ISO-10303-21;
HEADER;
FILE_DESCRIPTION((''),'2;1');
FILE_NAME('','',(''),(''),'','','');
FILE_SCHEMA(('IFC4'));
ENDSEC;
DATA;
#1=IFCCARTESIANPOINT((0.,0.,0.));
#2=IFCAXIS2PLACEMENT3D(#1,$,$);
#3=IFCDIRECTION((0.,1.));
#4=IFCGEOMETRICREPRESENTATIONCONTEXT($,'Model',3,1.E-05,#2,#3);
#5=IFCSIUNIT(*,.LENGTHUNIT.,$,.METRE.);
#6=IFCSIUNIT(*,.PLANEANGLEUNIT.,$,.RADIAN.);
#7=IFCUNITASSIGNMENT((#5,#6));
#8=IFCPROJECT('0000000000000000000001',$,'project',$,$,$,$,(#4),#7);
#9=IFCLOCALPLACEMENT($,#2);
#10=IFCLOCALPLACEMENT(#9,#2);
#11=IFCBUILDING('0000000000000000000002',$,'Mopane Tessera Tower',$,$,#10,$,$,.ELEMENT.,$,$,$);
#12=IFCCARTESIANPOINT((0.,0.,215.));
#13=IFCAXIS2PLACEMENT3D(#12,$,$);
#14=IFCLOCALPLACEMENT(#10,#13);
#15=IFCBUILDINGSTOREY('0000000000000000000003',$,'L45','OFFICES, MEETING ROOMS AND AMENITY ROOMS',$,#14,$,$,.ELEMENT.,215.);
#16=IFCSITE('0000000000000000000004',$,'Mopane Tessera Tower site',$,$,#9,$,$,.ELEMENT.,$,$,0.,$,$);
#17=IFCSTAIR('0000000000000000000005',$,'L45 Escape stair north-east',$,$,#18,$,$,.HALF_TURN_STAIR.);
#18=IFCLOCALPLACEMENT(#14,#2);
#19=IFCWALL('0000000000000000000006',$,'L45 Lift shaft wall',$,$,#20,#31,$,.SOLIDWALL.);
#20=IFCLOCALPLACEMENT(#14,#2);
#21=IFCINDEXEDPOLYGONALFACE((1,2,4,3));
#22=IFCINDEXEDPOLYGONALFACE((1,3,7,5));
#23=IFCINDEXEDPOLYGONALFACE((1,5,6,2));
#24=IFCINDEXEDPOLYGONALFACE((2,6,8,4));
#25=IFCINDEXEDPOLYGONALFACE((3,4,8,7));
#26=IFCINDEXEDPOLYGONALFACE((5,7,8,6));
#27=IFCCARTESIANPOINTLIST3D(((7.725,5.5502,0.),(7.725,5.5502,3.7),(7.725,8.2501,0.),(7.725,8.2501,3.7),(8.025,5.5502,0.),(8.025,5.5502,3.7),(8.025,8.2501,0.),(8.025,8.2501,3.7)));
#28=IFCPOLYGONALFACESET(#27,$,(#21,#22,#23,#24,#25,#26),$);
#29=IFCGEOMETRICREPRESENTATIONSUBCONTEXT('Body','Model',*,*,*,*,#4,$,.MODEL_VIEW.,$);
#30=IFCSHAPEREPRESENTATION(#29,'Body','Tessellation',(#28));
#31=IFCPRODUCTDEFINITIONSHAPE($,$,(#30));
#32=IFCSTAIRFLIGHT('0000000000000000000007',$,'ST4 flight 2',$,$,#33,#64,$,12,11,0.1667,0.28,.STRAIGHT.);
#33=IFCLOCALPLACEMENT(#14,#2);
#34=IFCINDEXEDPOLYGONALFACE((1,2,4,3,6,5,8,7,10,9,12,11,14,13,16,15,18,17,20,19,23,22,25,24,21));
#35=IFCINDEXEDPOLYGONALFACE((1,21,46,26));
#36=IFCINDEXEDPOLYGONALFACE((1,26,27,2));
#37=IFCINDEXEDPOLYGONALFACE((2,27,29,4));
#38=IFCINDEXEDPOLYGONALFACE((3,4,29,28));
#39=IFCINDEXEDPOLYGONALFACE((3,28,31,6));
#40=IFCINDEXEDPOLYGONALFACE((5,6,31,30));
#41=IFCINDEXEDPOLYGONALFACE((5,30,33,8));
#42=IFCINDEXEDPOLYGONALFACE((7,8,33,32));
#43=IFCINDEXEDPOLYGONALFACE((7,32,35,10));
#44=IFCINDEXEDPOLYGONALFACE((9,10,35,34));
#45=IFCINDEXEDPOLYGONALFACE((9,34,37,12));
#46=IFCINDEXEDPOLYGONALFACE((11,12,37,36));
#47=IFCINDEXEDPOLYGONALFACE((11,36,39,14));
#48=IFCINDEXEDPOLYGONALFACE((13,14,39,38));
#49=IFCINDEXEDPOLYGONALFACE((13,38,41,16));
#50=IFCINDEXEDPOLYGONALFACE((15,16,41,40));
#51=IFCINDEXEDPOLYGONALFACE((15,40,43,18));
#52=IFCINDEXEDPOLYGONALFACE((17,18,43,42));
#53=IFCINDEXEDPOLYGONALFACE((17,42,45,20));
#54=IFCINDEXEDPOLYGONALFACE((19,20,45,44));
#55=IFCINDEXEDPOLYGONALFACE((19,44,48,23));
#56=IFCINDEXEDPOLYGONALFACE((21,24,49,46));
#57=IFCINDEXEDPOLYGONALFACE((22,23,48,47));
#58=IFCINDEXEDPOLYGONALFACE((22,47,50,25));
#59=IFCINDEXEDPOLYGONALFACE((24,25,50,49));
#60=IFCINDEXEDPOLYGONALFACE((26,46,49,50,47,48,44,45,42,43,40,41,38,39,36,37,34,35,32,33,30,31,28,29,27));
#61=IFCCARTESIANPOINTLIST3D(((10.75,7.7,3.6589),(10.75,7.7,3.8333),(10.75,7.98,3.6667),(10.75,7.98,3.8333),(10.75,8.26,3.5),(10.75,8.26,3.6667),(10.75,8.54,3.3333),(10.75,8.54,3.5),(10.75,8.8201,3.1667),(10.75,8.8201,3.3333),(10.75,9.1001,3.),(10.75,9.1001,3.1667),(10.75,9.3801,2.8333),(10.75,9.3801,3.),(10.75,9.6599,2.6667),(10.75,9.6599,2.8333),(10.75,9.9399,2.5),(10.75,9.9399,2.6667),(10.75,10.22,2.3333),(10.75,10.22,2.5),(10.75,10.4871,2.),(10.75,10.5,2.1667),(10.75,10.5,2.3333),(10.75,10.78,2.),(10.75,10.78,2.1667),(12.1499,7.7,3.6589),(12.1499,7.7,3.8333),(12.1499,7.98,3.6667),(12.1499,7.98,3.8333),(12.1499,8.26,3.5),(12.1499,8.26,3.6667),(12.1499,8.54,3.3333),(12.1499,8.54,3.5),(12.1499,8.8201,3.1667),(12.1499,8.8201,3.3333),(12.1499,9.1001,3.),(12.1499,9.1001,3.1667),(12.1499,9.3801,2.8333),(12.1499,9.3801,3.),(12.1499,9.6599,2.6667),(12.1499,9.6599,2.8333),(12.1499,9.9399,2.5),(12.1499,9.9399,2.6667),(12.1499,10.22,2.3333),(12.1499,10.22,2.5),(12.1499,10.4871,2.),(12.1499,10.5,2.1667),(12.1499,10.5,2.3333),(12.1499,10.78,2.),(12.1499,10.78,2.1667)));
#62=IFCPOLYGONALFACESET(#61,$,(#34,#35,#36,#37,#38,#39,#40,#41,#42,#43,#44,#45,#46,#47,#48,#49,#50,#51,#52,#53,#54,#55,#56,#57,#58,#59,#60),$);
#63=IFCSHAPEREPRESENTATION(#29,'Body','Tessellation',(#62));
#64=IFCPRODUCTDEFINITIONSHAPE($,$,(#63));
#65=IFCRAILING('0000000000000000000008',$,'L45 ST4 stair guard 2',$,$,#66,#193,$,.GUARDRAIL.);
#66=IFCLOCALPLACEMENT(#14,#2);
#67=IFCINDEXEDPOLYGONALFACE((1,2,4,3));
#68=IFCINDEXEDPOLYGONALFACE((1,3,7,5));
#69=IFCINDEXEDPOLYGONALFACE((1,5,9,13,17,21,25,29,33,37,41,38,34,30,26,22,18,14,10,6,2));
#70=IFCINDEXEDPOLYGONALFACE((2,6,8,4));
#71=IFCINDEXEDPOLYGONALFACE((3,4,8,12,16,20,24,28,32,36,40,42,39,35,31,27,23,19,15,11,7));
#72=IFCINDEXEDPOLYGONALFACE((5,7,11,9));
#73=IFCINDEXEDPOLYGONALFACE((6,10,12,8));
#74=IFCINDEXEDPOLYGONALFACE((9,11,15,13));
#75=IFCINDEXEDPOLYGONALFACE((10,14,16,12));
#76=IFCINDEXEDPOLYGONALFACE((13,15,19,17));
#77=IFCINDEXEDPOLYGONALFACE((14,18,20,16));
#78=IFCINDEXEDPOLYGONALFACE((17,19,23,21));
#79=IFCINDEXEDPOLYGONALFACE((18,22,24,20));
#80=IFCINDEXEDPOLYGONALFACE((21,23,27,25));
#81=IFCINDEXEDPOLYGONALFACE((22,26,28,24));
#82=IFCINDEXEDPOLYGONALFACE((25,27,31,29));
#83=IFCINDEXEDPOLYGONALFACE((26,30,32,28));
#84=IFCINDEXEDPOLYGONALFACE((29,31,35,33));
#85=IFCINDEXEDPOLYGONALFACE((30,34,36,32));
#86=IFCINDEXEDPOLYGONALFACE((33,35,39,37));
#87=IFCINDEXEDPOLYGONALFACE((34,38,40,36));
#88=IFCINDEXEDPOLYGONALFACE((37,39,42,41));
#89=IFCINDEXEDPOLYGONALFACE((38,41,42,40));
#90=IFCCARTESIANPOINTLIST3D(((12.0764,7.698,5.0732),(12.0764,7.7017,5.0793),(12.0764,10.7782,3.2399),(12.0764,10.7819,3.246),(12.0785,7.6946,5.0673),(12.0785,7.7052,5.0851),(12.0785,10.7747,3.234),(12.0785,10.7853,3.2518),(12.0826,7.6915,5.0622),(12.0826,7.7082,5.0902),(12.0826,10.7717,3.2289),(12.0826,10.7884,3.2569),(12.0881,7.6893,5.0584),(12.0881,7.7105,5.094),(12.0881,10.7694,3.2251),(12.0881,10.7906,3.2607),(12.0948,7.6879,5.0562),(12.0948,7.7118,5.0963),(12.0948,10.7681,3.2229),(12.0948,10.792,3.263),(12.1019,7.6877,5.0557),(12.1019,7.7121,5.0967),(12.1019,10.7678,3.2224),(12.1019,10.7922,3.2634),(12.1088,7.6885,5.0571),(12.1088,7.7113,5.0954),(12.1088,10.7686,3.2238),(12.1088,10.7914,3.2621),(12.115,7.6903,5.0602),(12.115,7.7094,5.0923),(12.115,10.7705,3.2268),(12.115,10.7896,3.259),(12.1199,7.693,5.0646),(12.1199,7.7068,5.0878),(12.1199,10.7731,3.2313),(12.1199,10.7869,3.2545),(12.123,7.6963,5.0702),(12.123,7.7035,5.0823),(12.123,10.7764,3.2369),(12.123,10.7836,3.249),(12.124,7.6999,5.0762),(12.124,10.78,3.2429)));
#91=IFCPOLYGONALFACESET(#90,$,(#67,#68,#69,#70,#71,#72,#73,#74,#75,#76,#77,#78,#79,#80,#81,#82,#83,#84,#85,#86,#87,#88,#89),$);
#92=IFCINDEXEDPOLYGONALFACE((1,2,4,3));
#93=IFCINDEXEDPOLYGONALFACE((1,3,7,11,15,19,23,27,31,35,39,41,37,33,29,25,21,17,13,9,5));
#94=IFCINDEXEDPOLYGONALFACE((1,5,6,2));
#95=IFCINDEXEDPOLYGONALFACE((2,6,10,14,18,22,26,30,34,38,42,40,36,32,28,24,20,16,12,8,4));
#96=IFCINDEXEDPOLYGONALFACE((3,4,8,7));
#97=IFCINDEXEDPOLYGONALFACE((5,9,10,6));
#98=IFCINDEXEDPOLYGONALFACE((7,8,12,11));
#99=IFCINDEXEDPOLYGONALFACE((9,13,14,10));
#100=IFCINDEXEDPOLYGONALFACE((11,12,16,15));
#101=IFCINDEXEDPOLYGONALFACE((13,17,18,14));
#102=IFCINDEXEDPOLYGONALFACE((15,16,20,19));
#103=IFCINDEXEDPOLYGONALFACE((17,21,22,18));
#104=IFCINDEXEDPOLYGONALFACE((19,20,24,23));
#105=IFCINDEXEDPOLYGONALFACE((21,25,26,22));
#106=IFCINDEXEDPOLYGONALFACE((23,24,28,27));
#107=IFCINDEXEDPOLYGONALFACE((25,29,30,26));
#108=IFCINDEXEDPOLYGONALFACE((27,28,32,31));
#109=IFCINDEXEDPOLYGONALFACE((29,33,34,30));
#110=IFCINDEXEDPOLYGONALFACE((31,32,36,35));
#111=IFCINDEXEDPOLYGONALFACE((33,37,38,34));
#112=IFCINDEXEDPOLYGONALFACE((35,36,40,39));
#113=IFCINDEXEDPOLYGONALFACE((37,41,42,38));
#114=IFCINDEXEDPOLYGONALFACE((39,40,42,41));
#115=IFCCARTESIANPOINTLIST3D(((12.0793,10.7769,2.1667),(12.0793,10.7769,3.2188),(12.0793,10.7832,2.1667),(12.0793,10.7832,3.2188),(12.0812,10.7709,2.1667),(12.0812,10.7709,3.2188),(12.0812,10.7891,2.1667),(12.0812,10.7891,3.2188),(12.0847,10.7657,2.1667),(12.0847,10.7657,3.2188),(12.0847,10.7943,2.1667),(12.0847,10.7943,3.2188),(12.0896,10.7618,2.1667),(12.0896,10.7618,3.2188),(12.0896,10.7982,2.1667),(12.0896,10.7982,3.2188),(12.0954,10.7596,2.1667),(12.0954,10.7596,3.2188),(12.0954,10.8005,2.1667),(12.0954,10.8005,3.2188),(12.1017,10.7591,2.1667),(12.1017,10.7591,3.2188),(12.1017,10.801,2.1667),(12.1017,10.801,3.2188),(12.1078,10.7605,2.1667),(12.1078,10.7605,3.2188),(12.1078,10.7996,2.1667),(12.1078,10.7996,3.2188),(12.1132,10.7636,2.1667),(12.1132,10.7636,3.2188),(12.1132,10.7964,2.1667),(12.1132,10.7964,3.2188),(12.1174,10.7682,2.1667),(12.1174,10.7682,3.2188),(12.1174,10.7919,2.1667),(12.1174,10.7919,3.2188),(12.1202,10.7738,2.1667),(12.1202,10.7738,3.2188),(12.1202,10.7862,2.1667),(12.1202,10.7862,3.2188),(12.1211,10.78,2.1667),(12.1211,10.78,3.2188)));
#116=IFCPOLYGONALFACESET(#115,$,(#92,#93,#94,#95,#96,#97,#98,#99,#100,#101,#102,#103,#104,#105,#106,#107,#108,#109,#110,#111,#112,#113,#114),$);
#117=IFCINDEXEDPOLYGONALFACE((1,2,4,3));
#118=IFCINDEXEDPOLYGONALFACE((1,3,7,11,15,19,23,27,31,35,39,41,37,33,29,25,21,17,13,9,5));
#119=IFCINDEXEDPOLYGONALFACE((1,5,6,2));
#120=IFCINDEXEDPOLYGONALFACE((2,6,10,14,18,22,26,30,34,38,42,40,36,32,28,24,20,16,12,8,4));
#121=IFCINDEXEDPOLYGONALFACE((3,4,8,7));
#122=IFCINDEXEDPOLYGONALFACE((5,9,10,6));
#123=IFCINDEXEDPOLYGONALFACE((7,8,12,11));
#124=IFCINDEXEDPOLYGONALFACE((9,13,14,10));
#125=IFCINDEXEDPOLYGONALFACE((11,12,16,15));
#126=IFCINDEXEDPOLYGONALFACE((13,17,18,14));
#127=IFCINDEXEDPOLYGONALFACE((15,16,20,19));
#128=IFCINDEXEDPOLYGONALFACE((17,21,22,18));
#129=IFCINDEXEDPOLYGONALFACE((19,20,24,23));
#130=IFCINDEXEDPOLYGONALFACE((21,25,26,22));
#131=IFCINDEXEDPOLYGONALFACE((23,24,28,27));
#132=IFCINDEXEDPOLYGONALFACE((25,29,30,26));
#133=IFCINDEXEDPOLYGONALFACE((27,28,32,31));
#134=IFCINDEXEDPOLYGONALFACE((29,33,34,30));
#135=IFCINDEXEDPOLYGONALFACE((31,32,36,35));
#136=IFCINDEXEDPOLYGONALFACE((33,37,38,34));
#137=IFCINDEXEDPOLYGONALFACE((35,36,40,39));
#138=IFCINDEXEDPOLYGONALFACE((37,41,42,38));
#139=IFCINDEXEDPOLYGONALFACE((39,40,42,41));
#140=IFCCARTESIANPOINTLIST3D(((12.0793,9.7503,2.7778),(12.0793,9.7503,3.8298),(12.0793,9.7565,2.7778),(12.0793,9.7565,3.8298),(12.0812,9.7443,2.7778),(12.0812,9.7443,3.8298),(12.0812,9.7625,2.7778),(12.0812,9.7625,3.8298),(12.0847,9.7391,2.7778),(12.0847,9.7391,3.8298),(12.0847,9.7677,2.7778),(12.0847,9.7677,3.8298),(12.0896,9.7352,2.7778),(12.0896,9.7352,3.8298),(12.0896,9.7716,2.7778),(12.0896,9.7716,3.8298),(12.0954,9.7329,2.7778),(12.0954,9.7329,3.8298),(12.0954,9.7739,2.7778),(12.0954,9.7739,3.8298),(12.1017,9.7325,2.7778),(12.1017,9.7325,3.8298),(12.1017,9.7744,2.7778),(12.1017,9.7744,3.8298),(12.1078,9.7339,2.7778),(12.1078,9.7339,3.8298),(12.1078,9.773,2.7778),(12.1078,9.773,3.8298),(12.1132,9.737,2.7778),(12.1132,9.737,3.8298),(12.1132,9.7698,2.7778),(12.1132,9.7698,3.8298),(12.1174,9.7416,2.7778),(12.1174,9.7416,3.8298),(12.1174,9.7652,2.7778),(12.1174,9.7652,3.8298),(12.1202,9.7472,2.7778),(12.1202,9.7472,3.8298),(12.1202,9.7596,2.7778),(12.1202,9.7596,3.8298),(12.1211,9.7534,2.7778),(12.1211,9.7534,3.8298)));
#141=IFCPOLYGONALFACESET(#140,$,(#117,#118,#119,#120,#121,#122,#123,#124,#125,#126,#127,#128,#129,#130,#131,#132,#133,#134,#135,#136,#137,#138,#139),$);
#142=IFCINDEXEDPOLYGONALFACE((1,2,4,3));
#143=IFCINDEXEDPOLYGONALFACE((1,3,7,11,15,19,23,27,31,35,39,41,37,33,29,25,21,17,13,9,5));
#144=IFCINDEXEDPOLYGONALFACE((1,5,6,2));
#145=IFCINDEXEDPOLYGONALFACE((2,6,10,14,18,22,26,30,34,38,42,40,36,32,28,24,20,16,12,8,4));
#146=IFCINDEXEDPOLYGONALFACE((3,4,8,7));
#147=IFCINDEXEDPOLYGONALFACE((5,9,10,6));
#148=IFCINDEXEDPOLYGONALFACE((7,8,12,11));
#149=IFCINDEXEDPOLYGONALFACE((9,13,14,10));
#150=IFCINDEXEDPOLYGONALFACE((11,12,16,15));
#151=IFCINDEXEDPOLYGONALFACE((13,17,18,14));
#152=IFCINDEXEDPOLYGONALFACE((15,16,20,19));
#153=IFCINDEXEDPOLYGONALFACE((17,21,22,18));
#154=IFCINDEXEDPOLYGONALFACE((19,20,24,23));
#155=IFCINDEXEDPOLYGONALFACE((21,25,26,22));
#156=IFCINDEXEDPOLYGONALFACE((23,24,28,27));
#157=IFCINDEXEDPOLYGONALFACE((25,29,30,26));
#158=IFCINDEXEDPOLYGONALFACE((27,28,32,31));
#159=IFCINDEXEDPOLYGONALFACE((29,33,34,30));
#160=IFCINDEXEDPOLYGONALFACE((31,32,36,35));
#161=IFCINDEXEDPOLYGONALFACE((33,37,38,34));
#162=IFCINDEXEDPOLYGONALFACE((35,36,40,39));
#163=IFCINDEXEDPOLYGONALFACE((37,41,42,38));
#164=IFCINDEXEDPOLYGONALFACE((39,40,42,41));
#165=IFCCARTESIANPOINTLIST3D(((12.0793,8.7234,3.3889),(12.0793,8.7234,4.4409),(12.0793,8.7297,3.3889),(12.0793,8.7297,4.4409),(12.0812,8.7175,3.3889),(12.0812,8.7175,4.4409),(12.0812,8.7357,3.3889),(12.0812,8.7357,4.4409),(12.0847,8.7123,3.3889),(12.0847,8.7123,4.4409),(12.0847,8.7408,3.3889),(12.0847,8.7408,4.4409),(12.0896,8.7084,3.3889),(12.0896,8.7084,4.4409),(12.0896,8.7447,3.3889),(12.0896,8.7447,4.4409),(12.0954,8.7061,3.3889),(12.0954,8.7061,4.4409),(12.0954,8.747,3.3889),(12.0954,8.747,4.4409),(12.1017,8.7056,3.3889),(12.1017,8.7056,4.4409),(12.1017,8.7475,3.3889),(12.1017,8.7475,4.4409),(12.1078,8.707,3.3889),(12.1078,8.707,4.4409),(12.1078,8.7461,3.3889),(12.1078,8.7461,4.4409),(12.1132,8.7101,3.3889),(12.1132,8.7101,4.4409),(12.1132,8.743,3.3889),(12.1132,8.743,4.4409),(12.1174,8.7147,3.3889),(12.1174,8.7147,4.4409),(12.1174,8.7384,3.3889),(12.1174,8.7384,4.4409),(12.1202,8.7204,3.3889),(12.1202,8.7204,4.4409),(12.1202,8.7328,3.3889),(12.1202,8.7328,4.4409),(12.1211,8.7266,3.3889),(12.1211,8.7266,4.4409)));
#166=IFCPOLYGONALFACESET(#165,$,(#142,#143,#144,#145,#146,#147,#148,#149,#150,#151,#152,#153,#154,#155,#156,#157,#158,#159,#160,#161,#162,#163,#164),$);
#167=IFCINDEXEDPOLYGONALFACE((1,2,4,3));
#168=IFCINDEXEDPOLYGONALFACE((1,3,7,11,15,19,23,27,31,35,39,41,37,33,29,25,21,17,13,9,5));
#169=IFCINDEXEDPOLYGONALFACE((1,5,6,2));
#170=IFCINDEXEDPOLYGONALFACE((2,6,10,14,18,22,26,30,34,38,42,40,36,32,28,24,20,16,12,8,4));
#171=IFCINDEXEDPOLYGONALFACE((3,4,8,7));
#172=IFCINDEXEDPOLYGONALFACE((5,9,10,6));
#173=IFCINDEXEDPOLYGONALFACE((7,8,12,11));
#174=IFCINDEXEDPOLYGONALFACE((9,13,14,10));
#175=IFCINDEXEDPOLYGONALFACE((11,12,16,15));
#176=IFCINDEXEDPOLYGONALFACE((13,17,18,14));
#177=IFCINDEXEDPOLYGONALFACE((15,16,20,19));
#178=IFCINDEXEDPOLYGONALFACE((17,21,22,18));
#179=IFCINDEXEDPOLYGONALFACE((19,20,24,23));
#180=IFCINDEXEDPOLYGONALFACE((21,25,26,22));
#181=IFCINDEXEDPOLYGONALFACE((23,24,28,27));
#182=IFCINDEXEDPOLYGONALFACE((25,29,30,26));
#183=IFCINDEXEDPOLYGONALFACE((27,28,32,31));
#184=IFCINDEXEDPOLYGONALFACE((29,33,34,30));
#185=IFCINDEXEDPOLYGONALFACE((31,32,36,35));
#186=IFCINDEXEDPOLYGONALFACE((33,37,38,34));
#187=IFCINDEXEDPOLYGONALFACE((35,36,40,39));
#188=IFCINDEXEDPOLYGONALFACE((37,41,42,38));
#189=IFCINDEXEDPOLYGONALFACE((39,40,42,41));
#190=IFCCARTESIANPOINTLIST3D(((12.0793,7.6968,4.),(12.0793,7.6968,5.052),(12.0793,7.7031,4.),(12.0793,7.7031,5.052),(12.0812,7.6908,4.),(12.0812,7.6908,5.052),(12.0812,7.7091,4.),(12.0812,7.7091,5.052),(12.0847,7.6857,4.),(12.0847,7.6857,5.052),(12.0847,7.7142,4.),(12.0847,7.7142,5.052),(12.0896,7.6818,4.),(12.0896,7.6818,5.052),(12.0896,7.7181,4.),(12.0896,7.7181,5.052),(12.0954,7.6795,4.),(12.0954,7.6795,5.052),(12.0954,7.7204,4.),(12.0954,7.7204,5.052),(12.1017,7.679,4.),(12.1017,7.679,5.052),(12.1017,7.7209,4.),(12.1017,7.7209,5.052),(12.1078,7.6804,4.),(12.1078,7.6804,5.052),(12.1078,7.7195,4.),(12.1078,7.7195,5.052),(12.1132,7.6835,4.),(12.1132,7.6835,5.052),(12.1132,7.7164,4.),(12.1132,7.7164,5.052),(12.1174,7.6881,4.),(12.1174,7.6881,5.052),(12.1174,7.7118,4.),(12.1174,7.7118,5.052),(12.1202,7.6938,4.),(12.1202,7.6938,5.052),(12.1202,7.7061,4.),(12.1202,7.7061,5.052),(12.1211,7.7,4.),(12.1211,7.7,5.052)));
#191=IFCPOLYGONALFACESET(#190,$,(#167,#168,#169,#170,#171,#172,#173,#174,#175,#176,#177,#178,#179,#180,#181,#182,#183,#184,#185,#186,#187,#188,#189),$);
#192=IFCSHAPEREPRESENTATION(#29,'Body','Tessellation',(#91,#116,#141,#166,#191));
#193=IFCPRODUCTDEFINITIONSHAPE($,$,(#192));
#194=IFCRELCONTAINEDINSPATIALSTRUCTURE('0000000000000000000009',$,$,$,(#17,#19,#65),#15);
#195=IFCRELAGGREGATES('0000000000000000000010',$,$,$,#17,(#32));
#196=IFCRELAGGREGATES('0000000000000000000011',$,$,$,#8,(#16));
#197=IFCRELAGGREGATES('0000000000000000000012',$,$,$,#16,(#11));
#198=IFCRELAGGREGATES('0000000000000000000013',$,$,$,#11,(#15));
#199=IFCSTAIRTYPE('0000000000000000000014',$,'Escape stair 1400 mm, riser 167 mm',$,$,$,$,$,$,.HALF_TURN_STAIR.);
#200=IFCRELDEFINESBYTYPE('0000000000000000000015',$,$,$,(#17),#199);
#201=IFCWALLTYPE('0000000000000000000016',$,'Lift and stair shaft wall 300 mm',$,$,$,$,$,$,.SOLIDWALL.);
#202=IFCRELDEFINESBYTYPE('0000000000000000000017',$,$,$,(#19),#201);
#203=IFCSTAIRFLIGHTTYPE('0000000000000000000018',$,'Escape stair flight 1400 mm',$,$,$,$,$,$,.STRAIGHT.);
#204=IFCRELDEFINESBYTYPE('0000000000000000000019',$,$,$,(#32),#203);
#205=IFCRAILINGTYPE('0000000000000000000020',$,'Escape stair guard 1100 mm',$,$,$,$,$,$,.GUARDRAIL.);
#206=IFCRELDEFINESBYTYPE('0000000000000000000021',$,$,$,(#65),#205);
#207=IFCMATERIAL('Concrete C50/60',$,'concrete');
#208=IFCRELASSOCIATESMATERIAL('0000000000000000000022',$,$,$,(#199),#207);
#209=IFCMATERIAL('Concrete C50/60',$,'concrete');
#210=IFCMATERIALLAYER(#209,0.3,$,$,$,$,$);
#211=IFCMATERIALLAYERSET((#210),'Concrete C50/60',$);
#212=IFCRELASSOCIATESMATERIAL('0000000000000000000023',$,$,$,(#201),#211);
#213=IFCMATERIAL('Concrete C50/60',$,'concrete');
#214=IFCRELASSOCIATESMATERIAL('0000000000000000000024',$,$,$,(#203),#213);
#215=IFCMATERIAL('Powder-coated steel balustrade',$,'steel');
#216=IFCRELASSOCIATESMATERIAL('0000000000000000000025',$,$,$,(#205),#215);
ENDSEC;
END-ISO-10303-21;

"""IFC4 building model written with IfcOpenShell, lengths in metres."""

from ifc_helpers import new_model, si_unit, direction, frame, frame_2d, origin, origin_2d, place, context, subcontext, project, spatial, polyline, rectangle, circle, outline, extrude, material, layer, layer_set, type_object, element, aggregate, save


model = new_model("IFC4")

# Units and contexts
model_context = context("Model", 3, precision=1e-05, world=origin(), true_north=direction((0.0, 1.0)))
body_context = subcontext(model_context, "Body", "Model", "MODEL_VIEW")
ifc_project = project(units=[si_unit("LENGTHUNIT", "METRE"), si_unit("PLANEANGLEUNIT", "RADIAN")], contexts=[model_context])

# Site, building, storey
site_placement = place(None, origin())
site = spatial("IfcSite", under=ifc_project, at=site_placement, Name="Mopane Tessera Tower site", CompositionType="ELEMENT", RefElevation=0.0)
building_placement = place(site_placement, origin())
building = spatial("IfcBuilding", under=site, at=building_placement, Name="Mopane Tessera Tower", CompositionType="ELEMENT")
storey_placement = place(building_placement, frame((0.0, 0.0, 215.0)))
storey = spatial("IfcBuildingStorey", under=building, at=storey_placement, Name="L45", Description="OFFICES, MEETING ROOMS AND AMENITY ROOMS", CompositionType="ELEMENT", Elevation=215.0)

# Stair
ifc_material_1 = material(Name="Concrete C50/60", Category="concrete")
stair_type = type_object("IfcStairType", Name="Escape stair 1400 mm, riser 167 mm", PredefinedType="HALF_TURN_STAIR", material=ifc_material_1)
stair_1_placement = place(storey_placement, origin())
stair_1 = element("IfcStair", 1, at=stair_1_placement, inside=storey, type_object=stair_type, Name="L45 Escape stair north-east", PredefinedType="HALF_TURN_STAIR")

# Shared definitions
ifc_material_2 = material(Name="Concrete C50/60", Category="concrete")
ifc_layer_1 = layer(ifc_material_2, 0.3)
ifc_layer_set_1 = layer_set([ifc_layer_1], Name="Concrete C50/60")
wall_type_1 = type_object("IfcWallType", Name="Lift and stair shaft wall 300 mm", PredefinedType="SOLIDWALL", material=ifc_layer_set_1)

# Wall
for number, where, z_axis, x_axis, name in (
    (2, (7.875, 5.55, 0.0), (0.0, 0.0, 1.0), (0.0, 1.0, 0.0), "L45 Lift shaft wall"),
):
    element("IfcWall", number, at=place(storey_placement, frame(where, z_axis=z_axis, x_axis=x_axis)), inside=storey, type_object=wall_type_1, Name=name, PredefinedType="SOLIDWALL", context=body_context, shape_type="SweptSolid", body=[
        extrude(rectangle(XDim=2.7, YDim=0.3, at=frame_2d((1.3501, 0.0))), origin(), (0.0, 0.0, 1.0), 3.7),
    ])

# Stair flight
ifc_material_3 = material(Name="Concrete C50/60", Category="concrete")
stair_flight_type = type_object("IfcStairFlightType", Name="Escape stair flight 1400 mm", PredefinedType="STRAIGHT", material=ifc_material_3)
stair_flight_placement = place(storey_placement, frame((11.45, 10.78, 2.0), z_axis=(0.0, 0.0, 1.0), x_axis=(0.0, -1.0, 0.0)))
stair_flight = element("IfcStairFlight", 3, at=stair_flight_placement, type_object=stair_flight_type, Name="ST4 flight 2", NumberOfRisers=12, NumberOfTreads=11, PredefinedType="STRAIGHT", RiserHeight=0.1667, TreadLength=0.28, context=body_context, shape_type="SweptSolid", body=[
    extrude(outline(polyline([(0.0, 0.0), (0.0, 0.1667), (0.28, 0.1667), (0.28, 0.3333), (0.5601, 0.3333), (0.5601, 0.5), (0.8401, 0.5), (0.8401, 0.6667), (1.1201, 0.6667), (1.1201, 0.8333), (1.3999, 0.8333), (1.3999, 1.0), (1.6799, 1.0), (1.6799, 1.1667), (1.96, 1.1667), (1.96, 1.3333), (2.24, 1.3333), (2.24, 1.5), (2.52, 1.5), (2.52, 1.6667), (2.8, 1.6667), (2.8, 1.8333), (3.0801, 1.8333), (3.0801, 2.0), (3.0801, 1.6589), (0.293, 0.0), (0.0, 0.0)])), frame((0.0, 0.7, 0.0), z_axis=(0.0, -1.0, 0.0), x_axis=(1.0, 0.0, 0.0)), (0.0, 0.0, 1.0), 1.3999),
])
aggregate(stair_1, [stair_flight])

# Railing
ifc_material_4 = material(Name="Powder-coated steel balustrade", Category="steel")
railing_type_1 = type_object("IfcRailingType", Name="Escape stair guard 1100 mm", PredefinedType="GUARDRAIL", material=ifc_material_4)
railing_1_placement = place(storey_placement, frame((12.1001, 10.78, 2.1667)))
element("IfcRailing", 4, at=railing_1_placement, inside=storey, type_object=railing_type_1, Name="L45 ST4 stair guard 2", PredefinedType="GUARDRAIL", context=body_context, shape_type="SweptSolid", body=[
    extrude(circle(Radius=0.0239, at=origin_2d()), frame((0.0, 0.0, 1.0762), z_axis=(0.0, -0.859309, 0.511458), x_axis=(1.0, 0.0, 0.0)), (0.0, 0.0, 1.0), 3.5845),
    extrude(circle(Radius=0.021, at=origin_2d()), origin(), (0.0, 0.0, 1.0), 1.052),
    extrude(circle(Radius=0.021, at=origin_2d()), frame((0.0, -1.0266, 0.6111)), (0.0, 0.0, 1.0), 1.052),
    extrude(circle(Radius=0.021, at=origin_2d()), frame((0.0, -2.0535, 1.2222)), (0.0, 0.0, 1.0), 1.052),
    extrude(circle(Radius=0.021, at=origin_2d()), frame((0.0, -3.0801, 1.8333)), (0.0, 0.0, 1.0), 1.052),
])

save(model, "model.ifc")
